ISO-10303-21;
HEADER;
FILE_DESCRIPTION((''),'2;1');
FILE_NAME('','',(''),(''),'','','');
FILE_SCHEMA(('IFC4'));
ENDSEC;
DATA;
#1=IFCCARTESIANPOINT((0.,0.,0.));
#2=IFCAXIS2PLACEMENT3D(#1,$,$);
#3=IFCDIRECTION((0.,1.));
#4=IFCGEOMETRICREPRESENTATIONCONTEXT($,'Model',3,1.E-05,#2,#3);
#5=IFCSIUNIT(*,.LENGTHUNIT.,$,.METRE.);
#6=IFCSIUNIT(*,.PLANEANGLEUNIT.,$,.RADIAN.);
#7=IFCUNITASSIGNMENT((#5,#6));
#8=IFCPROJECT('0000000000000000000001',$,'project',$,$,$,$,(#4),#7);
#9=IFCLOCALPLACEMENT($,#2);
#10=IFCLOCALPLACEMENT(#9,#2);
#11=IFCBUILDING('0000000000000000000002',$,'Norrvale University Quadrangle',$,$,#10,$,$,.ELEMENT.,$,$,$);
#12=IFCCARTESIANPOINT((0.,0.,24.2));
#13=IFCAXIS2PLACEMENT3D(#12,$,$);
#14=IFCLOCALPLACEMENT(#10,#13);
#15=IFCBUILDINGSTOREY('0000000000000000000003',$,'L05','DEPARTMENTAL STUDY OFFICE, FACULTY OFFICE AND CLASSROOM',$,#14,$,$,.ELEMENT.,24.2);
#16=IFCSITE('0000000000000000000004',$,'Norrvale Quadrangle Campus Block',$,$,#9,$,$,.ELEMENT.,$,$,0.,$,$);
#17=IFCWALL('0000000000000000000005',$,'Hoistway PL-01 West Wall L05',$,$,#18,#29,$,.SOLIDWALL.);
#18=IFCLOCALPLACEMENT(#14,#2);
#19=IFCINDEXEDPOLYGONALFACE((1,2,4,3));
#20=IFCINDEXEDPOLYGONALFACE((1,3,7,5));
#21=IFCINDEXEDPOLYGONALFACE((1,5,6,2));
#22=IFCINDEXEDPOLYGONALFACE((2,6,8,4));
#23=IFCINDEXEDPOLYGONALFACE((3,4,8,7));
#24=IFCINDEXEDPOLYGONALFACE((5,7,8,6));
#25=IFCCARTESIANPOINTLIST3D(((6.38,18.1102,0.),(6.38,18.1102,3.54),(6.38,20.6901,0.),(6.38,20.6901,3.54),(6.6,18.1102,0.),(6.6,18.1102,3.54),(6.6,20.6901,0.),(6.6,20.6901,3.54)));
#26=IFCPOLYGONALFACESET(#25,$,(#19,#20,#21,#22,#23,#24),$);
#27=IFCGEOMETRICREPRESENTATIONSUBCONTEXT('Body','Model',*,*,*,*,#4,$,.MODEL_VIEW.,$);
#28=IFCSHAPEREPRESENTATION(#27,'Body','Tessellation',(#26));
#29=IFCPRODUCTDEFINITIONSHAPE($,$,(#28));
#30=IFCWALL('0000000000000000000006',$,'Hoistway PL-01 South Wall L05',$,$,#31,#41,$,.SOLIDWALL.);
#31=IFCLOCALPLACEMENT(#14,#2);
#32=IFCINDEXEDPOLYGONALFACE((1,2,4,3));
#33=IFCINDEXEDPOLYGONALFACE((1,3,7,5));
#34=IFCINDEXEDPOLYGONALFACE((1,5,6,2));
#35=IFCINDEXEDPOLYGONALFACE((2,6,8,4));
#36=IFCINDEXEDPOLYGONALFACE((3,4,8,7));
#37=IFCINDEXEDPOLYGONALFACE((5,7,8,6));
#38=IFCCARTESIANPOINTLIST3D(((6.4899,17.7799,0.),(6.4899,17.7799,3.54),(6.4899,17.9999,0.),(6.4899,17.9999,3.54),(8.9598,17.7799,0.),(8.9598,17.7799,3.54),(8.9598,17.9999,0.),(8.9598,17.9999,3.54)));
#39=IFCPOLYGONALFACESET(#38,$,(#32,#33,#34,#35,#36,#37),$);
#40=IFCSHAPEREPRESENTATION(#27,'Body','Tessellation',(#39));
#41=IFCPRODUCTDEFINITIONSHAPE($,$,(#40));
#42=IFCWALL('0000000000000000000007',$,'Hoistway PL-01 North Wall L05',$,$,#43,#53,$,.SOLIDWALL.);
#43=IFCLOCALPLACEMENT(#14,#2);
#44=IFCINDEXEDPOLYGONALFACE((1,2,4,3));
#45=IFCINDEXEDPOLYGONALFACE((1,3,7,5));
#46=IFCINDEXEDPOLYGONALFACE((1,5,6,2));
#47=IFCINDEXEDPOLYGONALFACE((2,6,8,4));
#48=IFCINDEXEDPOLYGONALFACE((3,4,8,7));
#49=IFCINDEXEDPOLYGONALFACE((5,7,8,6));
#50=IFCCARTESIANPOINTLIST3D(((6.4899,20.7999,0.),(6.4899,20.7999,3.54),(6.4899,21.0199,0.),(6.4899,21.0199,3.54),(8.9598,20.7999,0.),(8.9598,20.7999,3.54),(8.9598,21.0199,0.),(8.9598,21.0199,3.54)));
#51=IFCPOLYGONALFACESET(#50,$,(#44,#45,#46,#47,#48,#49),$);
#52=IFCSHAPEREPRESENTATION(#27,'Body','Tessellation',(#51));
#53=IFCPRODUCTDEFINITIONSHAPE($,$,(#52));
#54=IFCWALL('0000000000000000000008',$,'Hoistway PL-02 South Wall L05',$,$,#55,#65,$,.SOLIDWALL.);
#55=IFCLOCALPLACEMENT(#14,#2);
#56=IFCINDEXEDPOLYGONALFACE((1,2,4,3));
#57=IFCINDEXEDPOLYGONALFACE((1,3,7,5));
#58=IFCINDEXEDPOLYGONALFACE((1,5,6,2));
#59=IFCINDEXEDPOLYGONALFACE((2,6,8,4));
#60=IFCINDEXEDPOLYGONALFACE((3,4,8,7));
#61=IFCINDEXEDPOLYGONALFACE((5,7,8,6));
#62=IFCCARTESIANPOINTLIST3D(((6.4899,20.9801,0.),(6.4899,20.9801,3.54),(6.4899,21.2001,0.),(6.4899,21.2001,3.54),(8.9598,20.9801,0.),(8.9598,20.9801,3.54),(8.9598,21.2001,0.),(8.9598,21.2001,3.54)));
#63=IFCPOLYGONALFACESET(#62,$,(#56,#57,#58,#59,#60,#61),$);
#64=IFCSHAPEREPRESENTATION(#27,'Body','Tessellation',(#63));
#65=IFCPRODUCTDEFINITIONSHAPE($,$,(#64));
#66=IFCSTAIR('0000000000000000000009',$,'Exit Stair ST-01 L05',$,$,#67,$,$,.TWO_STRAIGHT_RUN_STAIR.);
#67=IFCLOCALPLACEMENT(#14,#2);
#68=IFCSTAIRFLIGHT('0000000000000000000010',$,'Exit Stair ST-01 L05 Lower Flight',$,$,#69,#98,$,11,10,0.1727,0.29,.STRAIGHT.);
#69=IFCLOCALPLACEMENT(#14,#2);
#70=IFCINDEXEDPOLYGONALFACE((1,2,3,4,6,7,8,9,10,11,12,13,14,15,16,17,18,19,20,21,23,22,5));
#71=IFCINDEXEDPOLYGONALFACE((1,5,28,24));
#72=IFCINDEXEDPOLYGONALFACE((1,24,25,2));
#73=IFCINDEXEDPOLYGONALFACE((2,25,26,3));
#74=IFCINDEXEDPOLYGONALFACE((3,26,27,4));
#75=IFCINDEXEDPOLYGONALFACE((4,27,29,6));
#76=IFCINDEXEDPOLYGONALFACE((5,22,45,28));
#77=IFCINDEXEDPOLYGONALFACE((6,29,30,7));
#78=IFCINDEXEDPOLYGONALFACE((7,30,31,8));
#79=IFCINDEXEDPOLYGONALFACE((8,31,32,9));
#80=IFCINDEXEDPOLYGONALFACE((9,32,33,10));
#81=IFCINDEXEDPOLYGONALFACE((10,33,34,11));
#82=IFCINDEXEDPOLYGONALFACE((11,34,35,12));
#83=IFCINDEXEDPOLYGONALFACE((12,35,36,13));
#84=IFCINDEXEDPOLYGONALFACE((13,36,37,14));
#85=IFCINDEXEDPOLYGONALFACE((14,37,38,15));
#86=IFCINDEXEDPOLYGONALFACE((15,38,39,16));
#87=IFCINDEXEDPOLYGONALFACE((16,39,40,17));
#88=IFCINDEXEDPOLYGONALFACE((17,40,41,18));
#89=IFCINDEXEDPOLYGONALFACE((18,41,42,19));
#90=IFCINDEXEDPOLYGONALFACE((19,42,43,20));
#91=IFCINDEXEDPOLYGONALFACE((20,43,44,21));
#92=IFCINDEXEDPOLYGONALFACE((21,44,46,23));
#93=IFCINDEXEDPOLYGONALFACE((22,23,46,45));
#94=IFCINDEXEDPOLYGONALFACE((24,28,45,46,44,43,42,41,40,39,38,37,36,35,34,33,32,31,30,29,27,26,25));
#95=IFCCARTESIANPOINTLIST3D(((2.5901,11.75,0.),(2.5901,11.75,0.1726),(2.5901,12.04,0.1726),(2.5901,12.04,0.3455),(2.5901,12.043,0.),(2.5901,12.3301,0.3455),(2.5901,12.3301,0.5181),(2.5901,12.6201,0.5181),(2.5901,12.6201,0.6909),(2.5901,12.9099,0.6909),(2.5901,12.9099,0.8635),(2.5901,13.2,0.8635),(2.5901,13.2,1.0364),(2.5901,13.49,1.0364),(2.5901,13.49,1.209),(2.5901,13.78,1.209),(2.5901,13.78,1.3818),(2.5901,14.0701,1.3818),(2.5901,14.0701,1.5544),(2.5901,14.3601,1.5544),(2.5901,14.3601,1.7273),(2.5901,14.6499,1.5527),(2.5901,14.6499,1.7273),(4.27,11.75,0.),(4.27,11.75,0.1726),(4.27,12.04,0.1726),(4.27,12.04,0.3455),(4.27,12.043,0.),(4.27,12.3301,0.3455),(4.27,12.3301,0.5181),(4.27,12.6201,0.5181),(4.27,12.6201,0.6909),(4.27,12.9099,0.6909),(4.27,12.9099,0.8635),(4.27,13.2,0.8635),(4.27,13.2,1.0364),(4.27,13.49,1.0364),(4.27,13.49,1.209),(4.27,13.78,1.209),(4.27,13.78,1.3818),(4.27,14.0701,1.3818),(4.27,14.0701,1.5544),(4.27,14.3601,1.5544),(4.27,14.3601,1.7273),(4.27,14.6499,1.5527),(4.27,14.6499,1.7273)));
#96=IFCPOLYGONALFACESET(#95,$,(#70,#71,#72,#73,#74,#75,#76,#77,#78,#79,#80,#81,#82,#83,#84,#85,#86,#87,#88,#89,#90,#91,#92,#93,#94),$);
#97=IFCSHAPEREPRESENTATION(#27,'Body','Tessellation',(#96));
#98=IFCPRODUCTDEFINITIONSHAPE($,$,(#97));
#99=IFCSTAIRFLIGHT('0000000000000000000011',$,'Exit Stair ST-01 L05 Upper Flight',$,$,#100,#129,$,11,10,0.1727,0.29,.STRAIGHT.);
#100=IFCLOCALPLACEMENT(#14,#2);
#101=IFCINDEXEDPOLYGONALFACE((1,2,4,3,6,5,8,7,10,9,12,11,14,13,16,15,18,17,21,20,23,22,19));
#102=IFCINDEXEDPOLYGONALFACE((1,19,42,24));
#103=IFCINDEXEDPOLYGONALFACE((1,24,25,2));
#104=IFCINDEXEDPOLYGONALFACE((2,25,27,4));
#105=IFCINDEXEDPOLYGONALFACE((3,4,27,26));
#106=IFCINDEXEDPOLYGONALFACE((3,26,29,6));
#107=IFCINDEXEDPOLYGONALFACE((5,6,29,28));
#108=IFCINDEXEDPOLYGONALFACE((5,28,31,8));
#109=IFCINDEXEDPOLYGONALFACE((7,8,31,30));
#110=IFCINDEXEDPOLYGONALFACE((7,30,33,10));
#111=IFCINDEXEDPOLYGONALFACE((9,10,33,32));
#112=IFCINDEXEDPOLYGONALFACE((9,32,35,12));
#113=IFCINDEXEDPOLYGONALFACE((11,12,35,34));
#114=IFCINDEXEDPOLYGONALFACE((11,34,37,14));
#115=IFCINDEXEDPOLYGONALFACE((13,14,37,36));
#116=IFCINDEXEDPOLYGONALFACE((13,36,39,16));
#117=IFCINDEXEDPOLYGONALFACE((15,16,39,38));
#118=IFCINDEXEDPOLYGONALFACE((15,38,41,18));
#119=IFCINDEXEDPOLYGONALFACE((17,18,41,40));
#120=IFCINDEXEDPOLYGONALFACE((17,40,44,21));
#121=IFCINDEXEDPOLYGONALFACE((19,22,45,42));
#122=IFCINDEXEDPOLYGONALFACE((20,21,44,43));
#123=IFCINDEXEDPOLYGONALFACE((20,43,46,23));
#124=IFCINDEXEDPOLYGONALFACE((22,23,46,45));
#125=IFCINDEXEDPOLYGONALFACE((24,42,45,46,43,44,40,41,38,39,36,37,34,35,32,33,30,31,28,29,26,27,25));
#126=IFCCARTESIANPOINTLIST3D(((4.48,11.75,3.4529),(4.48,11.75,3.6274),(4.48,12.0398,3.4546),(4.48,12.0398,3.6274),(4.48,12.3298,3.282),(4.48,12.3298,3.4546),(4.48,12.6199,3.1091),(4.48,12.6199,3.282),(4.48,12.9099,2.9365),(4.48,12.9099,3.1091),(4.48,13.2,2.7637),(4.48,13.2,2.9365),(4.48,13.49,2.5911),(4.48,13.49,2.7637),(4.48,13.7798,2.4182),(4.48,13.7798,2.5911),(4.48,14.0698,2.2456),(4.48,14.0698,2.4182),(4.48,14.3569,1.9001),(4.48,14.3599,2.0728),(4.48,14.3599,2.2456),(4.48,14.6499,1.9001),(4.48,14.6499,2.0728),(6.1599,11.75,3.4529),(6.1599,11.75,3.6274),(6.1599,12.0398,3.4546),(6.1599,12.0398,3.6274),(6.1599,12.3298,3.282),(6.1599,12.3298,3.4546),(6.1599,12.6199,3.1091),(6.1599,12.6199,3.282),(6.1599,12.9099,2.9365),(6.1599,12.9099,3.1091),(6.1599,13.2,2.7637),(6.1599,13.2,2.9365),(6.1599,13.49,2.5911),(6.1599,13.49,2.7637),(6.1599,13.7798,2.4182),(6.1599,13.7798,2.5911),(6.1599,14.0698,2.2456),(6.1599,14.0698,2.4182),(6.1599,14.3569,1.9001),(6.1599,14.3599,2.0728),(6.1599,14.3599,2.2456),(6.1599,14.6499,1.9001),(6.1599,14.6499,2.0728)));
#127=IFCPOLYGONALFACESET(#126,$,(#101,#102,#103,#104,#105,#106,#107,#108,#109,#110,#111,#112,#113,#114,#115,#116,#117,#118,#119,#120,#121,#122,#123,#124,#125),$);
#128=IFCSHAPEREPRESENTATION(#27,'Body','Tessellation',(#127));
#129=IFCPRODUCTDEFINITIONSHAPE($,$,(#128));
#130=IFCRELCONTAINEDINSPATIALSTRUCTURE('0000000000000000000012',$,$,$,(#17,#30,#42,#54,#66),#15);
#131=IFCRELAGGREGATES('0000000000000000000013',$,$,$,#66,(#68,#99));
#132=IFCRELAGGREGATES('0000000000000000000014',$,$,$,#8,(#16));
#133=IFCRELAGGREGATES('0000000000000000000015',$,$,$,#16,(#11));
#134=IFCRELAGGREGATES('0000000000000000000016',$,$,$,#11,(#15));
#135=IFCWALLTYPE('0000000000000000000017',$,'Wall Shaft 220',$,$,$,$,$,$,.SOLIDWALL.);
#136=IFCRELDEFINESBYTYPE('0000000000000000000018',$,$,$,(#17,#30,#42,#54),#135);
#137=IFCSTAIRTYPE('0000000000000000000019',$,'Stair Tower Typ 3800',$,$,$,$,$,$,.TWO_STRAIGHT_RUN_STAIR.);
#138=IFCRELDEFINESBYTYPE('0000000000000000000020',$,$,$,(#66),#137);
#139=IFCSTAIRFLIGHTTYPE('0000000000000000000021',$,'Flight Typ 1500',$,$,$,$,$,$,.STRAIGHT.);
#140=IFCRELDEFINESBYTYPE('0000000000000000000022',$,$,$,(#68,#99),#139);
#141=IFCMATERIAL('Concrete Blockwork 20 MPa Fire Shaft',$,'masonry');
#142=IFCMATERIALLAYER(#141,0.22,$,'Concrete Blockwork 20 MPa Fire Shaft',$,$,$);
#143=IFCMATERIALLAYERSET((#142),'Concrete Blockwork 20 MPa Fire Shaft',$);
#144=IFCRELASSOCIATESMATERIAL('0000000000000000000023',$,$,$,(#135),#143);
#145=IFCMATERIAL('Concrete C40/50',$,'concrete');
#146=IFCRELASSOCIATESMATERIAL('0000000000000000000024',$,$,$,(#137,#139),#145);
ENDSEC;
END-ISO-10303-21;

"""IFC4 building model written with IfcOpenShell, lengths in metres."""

from ifc_helpers import new_model, si_unit, direction, frame, frame_2d, origin, place, context, subcontext, project, spatial, polyline, rectangle, outline, extrude, material, layer, layer_set, type_object, element, aggregate, save


model = new_model("IFC4")

# Units and contexts
model_context = context("Model", 3, precision=1e-05, world=origin(), true_north=direction((0.0, 1.0)))
body_context = subcontext(model_context, "Body", "Model", "MODEL_VIEW")
ifc_project = project(units=[si_unit("LENGTHUNIT", "METRE"), si_unit("PLANEANGLEUNIT", "RADIAN")], contexts=[model_context])

# Site, building, storey
site_placement = place(None, origin())
site = spatial("IfcSite", under=ifc_project, at=site_placement, Name="Norrvale Quadrangle Campus Block", CompositionType="ELEMENT", RefElevation=0.0)
building_placement = place(site_placement, origin())
building = spatial("IfcBuilding", under=site, at=building_placement, Name="Norrvale University Quadrangle", CompositionType="ELEMENT")
storey_placement = place(building_placement, frame((0.0, 0.0, 24.2)))
storey = spatial("IfcBuildingStorey", under=building, at=storey_placement, Name="L05", Description="DEPARTMENTAL STUDY OFFICE, FACULTY OFFICE AND CLASSROOM", CompositionType="ELEMENT", Elevation=24.2)

# Walls
ifc_material_1 = material(Name="Concrete Blockwork 20 MPa Fire Shaft", Category="masonry")
ifc_layer_1 = layer(ifc_material_1, 0.22, Name="Concrete Blockwork 20 MPa Fire Shaft")
ifc_layer_set_1 = layer_set([ifc_layer_1], Name="Concrete Blockwork 20 MPa Fire Shaft")
wall_type_1 = type_object("IfcWallType", Name="Wall Shaft 220", PredefinedType="SOLIDWALL", material=ifc_layer_set_1)
wall_1_placement = place(storey_placement, frame((6.49, 18.1101, 0.0), z_axis=(0.0, 0.0, 1.0), x_axis=(0.0, 1.0, 0.0)))
element("IfcWall", 1, at=wall_1_placement, inside=storey, type_object=wall_type_1, Name="Hoistway PL-01 West Wall L05", PredefinedType="SOLIDWALL", context=body_context, shape_type="SweptSolid", body=[
    extrude(rectangle(XDim=2.5798, YDim=0.22, at=frame_2d((1.29, 0.0))), origin(), (0.0, 0.0, 1.0), 3.54),
])
for number, where, z_axis, x_axis, name in (
    (2, (6.49, 17.8899, 0.0), (0.0, 0.0, 1.0), (1.0, 0.0, 0.0), "Hoistway PL-01 South Wall L05"),
    (3, (6.49, 20.9099, 0.0), (0.0, 0.0, 1.0), (1.0, 0.0, 0.0), "Hoistway PL-01 North Wall L05"),
    (4, (6.49, 21.0901, 0.0), (0.0, 0.0, 1.0), (1.0, 0.0, 0.0), "Hoistway PL-02 South Wall L05"),
):
    element("IfcWall", number, at=place(storey_placement, frame(where, z_axis=z_axis, x_axis=x_axis)), inside=storey, type_object=wall_type_1, Name=name, PredefinedType="SOLIDWALL", context=body_context, shape_type="SweptSolid", body=[
        extrude(rectangle(XDim=2.47, YDim=0.22, at=frame_2d((1.2349, 0.0))), origin(), (0.0, 0.0, 1.0), 3.54),
    ])

# Stair, stair flights
ifc_material_2 = material(Name="Concrete C40/50", Category="concrete")
stair_type = type_object("IfcStairType", Name="Stair Tower Typ 3800", PredefinedType="TWO_STRAIGHT_RUN_STAIR", material=ifc_material_2)
stair_placement = place(storey_placement, origin())
stair = element("IfcStair", 5, at=stair_placement, inside=storey, type_object=stair_type, Name="Exit Stair ST-01 L05", PredefinedType="TWO_STRAIGHT_RUN_STAIR")
stair_flight_type = type_object("IfcStairFlightType", Name="Flight Typ 1500", PredefinedType="STRAIGHT", material=ifc_material_2)
stair_flight_1_placement = place(storey_placement, frame((3.4299, 11.75, 0.0), z_axis=(0.0, 0.0, 1.0), x_axis=(0.0, 1.0, 0.0)))
stair_flight_1 = element("IfcStairFlight", 6, at=stair_flight_1_placement, type_object=stair_flight_type, Name="Exit Stair ST-01 L05 Lower Flight", NumberOfRisers=11, NumberOfTreads=10, PredefinedType="STRAIGHT", RiserHeight=0.1727, TreadLength=0.29, context=body_context, shape_type="SweptSolid", body=[
    extrude(outline(polyline([(0.0, 0.0), (0.0, 0.1726), (0.29, 0.1726), (0.29, 0.3455), (0.5801, 0.3455), (0.5801, 0.5181), (0.8701, 0.5181), (0.8701, 0.6909), (1.1599, 0.6909), (1.1599, 0.8635), (1.45, 0.8635), (1.45, 1.0364), (1.74, 1.0364), (1.74, 1.209), (2.03, 1.209), (2.03, 1.3818), (2.3201, 1.3818), (2.3201, 1.5544), (2.6101, 1.5544), (2.6101, 1.7273), (2.8999, 1.7273), (2.8999, 1.8999), (2.8999, 1.5527), (0.293, 0.0), (0.0, 0.0)])), frame((0.0, 0.8398, 0.0), z_axis=(0.0, -1.0, 0.0), x_axis=(1.0, 0.0, 0.0)), (0.0, 0.0, 1.0), 1.6799),
])
stair_flight_2_placement = place(storey_placement, frame((5.3201, 14.6499, 1.9001), z_axis=(0.0, 0.0, 1.0), x_axis=(0.0, -1.0, 0.0)))
stair_flight_2 = element("IfcStairFlight", 7, at=stair_flight_2_placement, type_object=stair_flight_type, Name="Exit Stair ST-01 L05 Upper Flight", NumberOfRisers=11, NumberOfTreads=10, PredefinedType="STRAIGHT", RiserHeight=0.1727, TreadLength=0.29, context=body_context, shape_type="SweptSolid", body=[
    extrude(outline(polyline([(0.0, 0.0), (0.0, 0.1726), (0.29, 0.1726), (0.29, 0.3455), (0.5801, 0.3455), (0.5801, 0.5181), (0.8701, 0.5181), (0.8701, 0.6909), (1.1599, 0.6909), (1.1599, 0.8635), (1.45, 0.8635), (1.45, 1.0364), (1.74, 1.0364), (1.74, 1.209), (2.03, 1.209), (2.03, 1.3818), (2.3201, 1.3818), (2.3201, 1.5544), (2.6101, 1.5544), (2.6101, 1.7273), (2.8999, 1.7273), (2.8999, 1.8999), (2.8999, 1.5527), (0.293, 0.0), (0.0, 0.0)])), frame((0.0, 0.8398, 0.0), z_axis=(0.0, -1.0, 0.0), x_axis=(1.0, 0.0, 0.0)), (0.0, 0.0, 1.0), 1.6799),
])
aggregate(stair, [stair_flight_1, stair_flight_2])

save(model, "model.ifc")
